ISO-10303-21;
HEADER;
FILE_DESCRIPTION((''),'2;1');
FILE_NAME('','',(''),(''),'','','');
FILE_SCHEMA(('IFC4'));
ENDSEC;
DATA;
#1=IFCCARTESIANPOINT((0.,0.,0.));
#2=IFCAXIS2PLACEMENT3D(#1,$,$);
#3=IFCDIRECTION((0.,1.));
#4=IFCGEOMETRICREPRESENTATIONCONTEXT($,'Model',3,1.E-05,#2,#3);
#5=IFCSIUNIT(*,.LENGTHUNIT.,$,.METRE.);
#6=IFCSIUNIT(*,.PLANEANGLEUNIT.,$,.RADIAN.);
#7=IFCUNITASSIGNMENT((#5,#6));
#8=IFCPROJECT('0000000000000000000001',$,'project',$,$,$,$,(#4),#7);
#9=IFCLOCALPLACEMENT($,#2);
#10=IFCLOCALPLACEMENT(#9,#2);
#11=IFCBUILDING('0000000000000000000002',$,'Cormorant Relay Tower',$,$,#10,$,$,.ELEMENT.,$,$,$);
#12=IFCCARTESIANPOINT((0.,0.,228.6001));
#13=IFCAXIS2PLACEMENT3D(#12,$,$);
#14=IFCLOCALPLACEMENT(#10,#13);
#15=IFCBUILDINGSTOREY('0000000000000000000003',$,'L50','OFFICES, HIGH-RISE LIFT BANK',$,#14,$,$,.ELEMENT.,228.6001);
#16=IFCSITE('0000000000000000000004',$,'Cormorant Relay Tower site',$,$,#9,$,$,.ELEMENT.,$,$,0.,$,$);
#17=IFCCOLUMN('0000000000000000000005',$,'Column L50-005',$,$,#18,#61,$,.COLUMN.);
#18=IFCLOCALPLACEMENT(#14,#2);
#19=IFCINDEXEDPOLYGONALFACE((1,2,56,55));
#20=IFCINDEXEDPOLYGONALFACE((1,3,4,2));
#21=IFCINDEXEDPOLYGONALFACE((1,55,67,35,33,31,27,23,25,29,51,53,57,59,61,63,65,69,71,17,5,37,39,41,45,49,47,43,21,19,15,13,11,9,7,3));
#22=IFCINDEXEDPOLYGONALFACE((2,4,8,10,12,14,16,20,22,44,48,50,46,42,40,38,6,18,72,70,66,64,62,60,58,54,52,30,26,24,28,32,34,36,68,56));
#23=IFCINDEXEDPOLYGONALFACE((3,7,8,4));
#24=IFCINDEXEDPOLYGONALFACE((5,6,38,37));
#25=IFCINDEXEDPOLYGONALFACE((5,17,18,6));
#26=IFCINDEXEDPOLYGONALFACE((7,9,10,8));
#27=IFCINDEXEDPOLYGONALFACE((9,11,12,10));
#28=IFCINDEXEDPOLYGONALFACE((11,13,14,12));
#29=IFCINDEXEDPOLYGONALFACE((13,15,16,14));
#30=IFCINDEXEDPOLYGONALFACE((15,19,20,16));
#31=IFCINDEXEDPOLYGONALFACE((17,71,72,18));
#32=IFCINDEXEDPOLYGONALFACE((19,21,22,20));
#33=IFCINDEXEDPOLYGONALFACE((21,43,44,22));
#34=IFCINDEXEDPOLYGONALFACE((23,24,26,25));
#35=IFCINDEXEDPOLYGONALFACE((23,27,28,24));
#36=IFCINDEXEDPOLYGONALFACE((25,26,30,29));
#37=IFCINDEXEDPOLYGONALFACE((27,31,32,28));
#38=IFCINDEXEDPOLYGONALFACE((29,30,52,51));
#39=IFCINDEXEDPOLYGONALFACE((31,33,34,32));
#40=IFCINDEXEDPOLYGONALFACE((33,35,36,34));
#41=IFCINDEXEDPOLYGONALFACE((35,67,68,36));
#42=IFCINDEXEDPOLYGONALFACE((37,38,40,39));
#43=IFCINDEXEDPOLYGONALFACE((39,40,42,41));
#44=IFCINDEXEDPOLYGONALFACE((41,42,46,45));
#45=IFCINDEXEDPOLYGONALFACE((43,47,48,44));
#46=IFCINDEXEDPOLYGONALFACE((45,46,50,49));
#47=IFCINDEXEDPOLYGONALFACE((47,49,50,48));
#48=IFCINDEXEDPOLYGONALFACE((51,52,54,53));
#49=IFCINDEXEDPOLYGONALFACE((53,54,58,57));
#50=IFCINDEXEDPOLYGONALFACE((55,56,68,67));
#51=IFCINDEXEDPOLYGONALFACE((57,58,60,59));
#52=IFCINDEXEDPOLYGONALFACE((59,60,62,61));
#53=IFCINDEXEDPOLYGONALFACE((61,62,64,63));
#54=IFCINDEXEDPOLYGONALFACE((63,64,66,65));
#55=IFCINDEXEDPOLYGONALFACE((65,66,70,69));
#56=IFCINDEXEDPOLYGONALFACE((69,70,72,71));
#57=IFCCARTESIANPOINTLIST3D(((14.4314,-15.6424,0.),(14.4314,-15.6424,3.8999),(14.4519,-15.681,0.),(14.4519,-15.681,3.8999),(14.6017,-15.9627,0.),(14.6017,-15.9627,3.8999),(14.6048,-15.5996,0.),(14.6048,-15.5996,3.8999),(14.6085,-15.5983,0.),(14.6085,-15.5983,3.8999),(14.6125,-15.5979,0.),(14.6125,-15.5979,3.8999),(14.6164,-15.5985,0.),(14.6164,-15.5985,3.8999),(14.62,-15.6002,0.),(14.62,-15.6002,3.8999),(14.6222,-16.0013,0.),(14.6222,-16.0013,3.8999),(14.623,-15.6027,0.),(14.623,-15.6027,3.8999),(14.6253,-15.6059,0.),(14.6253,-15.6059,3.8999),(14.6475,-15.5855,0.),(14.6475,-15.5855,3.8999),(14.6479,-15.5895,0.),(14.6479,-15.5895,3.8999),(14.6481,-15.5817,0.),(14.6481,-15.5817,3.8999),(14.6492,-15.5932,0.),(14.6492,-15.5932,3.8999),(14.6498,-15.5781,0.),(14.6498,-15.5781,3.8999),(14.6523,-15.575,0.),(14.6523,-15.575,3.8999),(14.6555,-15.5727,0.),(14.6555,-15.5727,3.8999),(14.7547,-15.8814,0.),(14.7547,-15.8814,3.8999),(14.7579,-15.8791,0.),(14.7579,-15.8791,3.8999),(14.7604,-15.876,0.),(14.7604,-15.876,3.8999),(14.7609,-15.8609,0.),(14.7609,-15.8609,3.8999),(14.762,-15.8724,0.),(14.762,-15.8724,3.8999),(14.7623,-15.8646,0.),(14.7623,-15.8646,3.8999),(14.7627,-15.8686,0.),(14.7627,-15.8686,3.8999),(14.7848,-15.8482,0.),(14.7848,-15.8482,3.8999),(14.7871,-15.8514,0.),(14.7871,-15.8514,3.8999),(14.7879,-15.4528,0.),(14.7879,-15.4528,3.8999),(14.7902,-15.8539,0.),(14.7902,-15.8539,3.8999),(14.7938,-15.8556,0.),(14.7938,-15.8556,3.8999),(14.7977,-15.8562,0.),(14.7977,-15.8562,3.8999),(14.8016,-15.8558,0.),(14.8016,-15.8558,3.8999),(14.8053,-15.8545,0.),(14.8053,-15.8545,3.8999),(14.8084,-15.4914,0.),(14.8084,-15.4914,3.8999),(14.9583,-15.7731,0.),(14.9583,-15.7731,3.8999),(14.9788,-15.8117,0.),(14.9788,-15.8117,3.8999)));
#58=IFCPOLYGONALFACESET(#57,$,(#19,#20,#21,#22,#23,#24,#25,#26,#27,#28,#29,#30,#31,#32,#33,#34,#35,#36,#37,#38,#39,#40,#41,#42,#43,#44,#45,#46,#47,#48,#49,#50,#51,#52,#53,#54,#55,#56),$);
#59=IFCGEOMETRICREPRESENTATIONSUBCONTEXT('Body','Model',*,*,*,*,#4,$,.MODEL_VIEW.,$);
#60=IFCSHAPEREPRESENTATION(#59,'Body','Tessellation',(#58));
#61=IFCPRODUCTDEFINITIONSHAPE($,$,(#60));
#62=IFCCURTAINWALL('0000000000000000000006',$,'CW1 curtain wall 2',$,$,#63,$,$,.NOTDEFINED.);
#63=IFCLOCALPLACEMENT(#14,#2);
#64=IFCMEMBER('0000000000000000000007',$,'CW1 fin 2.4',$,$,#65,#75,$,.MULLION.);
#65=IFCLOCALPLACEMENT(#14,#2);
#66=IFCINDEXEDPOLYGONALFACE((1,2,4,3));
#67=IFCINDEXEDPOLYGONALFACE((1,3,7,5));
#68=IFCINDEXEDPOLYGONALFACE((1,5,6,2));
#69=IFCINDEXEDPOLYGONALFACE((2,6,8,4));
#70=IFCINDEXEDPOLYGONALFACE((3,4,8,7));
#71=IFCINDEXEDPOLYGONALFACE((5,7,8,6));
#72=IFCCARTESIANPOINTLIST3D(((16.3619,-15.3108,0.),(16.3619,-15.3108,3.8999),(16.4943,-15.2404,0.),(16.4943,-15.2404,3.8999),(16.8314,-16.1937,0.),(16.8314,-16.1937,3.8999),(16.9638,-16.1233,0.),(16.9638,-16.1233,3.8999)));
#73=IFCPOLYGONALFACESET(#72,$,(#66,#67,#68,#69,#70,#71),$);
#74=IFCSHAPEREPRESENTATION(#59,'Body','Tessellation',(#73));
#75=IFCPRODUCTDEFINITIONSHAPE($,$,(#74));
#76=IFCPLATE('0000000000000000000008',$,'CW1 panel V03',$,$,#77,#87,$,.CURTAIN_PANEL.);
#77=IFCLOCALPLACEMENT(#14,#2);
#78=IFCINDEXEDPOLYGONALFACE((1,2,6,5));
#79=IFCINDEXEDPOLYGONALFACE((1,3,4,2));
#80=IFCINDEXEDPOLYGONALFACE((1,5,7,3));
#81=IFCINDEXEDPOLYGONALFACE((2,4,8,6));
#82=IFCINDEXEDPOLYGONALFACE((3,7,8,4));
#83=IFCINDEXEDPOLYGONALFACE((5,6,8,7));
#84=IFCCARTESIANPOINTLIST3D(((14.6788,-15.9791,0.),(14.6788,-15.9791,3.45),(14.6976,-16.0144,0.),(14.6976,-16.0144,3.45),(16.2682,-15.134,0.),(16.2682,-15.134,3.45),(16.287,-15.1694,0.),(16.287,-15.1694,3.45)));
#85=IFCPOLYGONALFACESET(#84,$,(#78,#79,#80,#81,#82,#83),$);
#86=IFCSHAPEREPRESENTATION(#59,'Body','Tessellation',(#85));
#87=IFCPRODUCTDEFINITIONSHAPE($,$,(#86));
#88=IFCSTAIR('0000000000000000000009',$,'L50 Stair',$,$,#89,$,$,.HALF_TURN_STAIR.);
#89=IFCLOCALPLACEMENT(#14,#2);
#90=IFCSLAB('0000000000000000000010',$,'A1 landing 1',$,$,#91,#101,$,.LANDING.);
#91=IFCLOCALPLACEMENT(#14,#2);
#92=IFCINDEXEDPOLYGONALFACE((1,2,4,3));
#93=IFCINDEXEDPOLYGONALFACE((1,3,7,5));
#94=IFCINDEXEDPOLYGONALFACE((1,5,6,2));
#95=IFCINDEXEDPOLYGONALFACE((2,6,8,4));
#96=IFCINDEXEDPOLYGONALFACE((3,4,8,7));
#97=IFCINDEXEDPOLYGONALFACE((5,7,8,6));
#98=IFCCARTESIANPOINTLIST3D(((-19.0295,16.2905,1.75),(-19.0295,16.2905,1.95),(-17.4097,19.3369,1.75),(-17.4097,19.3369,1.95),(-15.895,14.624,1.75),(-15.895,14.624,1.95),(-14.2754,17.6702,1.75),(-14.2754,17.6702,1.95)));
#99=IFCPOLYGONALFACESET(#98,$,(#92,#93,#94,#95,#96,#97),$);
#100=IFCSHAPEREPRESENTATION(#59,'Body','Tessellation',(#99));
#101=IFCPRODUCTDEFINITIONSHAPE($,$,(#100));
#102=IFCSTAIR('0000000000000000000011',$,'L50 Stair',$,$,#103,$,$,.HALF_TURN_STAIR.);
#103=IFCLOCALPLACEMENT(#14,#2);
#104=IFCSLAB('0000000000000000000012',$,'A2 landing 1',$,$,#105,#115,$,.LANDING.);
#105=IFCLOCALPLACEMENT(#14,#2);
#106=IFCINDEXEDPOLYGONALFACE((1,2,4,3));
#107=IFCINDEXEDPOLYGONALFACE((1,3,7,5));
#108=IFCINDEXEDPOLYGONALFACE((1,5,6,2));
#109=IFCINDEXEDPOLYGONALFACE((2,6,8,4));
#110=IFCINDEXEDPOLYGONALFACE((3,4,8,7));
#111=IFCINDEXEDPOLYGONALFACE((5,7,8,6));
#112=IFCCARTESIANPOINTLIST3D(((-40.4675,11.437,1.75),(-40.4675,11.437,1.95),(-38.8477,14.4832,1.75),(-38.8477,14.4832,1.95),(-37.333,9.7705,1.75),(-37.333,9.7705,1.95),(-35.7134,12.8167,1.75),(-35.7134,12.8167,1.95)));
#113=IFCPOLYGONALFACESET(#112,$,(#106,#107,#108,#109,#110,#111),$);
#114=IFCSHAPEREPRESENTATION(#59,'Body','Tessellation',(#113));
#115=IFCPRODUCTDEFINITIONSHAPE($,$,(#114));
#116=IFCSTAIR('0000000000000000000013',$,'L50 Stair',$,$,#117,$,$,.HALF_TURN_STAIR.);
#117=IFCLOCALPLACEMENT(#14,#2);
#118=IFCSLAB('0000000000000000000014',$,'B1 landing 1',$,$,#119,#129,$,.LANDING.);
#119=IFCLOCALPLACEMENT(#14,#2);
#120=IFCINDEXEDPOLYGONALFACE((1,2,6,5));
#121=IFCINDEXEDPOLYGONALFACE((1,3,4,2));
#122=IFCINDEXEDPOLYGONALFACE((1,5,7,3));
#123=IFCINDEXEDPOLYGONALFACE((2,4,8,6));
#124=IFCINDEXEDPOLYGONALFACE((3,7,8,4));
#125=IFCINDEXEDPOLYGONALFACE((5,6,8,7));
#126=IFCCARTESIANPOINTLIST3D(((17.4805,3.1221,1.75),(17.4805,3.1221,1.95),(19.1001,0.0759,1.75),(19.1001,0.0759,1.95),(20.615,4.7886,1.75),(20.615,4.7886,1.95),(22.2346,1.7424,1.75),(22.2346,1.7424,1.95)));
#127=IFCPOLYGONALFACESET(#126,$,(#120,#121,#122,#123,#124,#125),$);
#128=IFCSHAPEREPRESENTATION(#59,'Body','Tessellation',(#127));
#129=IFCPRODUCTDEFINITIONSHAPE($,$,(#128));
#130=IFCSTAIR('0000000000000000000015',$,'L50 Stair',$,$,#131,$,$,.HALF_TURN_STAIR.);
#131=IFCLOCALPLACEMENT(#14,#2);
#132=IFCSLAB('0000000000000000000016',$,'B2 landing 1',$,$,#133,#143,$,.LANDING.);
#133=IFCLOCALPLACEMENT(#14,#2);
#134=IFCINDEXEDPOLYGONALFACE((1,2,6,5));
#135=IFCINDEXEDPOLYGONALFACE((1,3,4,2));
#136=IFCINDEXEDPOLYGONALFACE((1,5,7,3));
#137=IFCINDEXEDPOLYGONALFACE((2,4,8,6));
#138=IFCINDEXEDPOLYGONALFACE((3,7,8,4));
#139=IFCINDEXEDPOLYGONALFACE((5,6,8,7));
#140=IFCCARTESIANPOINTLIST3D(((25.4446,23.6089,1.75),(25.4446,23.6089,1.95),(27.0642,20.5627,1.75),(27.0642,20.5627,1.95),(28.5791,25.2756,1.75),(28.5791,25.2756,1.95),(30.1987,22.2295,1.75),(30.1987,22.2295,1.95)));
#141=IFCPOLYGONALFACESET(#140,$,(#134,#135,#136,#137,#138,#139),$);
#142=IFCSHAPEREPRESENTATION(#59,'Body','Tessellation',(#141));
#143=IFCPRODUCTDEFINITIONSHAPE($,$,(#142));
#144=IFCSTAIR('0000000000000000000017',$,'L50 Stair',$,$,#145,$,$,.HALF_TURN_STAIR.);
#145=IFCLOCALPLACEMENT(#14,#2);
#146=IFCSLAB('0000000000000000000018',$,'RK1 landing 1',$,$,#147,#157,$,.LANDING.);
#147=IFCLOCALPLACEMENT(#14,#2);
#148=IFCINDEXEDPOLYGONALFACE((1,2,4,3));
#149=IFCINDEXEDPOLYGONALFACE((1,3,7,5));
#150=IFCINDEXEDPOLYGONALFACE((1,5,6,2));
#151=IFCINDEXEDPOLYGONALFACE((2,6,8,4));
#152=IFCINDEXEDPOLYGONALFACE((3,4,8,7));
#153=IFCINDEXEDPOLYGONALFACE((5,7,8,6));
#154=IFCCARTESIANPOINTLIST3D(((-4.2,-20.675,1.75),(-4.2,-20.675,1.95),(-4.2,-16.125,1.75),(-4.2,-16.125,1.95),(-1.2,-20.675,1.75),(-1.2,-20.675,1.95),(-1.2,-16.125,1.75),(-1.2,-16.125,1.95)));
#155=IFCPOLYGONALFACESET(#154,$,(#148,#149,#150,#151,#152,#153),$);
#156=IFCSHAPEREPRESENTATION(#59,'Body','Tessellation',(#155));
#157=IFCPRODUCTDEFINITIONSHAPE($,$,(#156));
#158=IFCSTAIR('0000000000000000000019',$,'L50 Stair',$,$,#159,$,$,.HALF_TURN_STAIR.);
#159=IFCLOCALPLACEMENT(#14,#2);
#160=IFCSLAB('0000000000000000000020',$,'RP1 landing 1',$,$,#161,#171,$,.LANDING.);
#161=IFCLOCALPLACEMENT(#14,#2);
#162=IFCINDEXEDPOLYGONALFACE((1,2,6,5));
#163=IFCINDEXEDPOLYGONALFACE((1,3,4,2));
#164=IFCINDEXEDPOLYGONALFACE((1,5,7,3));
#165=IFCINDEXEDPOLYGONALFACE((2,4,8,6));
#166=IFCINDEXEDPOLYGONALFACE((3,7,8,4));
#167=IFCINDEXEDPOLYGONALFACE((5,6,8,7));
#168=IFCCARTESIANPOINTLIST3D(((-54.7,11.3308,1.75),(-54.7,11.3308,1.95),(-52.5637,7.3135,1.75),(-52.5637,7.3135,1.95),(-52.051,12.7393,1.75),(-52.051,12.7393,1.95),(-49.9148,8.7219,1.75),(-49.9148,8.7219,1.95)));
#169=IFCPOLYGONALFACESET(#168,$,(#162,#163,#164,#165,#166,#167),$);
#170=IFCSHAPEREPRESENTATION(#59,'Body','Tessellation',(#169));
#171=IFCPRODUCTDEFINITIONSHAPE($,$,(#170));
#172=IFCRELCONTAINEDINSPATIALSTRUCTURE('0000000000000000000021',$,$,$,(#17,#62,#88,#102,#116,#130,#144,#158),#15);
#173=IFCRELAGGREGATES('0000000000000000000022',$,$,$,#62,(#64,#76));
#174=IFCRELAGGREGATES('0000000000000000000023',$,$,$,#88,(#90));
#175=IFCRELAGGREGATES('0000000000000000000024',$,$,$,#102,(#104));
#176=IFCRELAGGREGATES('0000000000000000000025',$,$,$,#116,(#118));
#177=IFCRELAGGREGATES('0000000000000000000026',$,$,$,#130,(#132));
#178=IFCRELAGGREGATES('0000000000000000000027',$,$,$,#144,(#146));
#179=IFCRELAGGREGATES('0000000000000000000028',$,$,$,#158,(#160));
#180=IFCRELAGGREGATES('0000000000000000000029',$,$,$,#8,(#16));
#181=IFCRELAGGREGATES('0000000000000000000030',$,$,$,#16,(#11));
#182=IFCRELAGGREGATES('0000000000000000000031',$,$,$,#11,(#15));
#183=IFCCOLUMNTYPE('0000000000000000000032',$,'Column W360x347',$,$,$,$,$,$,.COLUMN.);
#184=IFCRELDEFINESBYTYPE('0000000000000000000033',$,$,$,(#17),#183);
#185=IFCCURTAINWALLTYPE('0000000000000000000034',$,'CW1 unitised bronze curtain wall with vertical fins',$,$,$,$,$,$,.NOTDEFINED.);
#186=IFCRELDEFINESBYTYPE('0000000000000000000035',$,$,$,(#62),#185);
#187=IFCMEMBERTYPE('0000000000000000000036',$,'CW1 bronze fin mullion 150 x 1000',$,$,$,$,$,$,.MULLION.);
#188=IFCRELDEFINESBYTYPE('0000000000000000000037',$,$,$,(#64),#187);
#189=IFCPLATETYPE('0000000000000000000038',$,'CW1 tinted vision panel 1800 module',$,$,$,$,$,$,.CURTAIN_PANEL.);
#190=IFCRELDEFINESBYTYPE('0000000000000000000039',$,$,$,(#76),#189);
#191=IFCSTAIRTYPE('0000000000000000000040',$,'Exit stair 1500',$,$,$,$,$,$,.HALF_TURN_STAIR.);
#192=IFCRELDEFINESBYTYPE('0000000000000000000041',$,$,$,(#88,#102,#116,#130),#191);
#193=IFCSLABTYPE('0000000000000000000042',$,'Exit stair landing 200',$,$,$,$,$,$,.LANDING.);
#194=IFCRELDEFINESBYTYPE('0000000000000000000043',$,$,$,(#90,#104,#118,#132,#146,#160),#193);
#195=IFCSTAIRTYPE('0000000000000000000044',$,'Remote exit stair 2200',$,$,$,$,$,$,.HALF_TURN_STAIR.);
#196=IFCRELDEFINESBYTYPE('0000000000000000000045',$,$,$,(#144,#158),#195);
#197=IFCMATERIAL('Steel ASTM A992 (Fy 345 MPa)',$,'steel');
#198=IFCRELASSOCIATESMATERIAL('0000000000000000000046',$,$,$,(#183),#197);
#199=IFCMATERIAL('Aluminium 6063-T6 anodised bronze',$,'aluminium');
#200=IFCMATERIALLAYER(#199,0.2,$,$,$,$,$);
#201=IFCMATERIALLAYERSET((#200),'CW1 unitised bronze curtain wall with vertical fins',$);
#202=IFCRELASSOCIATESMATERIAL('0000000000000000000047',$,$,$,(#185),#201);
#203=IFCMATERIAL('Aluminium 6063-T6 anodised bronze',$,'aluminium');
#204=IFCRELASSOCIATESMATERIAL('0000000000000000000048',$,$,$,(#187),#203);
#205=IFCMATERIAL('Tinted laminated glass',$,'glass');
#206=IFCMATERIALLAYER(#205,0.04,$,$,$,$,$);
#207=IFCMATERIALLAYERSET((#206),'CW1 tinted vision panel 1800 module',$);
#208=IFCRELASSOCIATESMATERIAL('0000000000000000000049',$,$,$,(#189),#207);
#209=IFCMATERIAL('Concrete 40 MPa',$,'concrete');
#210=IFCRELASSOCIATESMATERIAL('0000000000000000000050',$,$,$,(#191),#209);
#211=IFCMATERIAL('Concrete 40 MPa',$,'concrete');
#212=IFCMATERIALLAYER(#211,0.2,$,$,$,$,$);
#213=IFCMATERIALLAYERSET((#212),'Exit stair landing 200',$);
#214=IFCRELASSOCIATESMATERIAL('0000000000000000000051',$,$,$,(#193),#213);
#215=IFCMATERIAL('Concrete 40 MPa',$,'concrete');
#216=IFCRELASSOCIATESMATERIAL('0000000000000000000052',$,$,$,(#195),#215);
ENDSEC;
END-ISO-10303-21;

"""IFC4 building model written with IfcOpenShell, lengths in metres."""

from ifc_helpers import new_model, si_unit, direction, frame, origin, origin_2d, place, context, subcontext, project, spatial, polyline, rectangle, i_section, outline, extrude, material, layer, layer_set, material_profile, profile_set, type_object, element, aggregate, save


model = new_model("IFC4")

# Units and contexts
model_context = context("Model", 3, precision=1e-05, world=origin(), true_north=direction((0.0, 1.0)))
body_context = subcontext(model_context, "Body", "Model", "MODEL_VIEW")
ifc_project = project(units=[si_unit("LENGTHUNIT", "METRE"), si_unit("PLANEANGLEUNIT", "RADIAN")], contexts=[model_context])

# Site, building, storey
site_placement = place(None, origin())
site = spatial("IfcSite", under=ifc_project, at=site_placement, Name="Cormorant Relay Tower site", CompositionType="ELEMENT", RefElevation=0.0)
building_placement = place(site_placement, origin())
building = spatial("IfcBuilding", under=site, at=building_placement, Name="Cormorant Relay Tower", CompositionType="ELEMENT")
storey_placement = place(building_placement, frame((0.0, 0.0, 228.6001)))
storey = spatial("IfcBuildingStorey", under=building, at=storey_placement, Name="L50", Description="OFFICES, HIGH-RISE LIFT BANK", CompositionType="ELEMENT", Elevation=228.6001)

# Column
ifc_material_1 = material(Name="Steel ASTM A992 (Fy 345 MPa)", Category="steel")
ifc_material_profile_1 = material_profile(ifc_material_1, i_section(OverallWidth=0.4038, OverallDepth=0.4065, WebThickness=0.0271, FlangeThickness=0.0437, FilletRadius=0.0151, at=origin_2d()), Name="W360x347")
ifc_profile_set_1 = profile_set([ifc_material_profile_1], Name="Steel ASTM A992 (Fy 345 MPa)")
column_type_1 = type_object("IfcColumnType", Name="Column W360x347", PredefinedType="COLUMN", material=ifc_profile_set_1)
column_placement = place(storey_placement, frame((14.7051, -15.7271, 0.0), z_axis=(0.0, 0.0, 1.0), x_axis=(0.882948, 0.469472, 0.0)))
element("IfcColumn", 1, at=column_placement, inside=storey, type_object=column_type_1, Name="Column L50-005", PredefinedType="COLUMN", context=body_context, shape_type="SweptSolid", body=[
    extrude(i_section(OverallWidth=0.4038, OverallDepth=0.4065, WebThickness=0.0271, FlangeThickness=0.0437, FilletRadius=0.0151, at=origin_2d()), origin(), (0.0, 0.0, 1.0), 3.8999),
])

# Curtain wall, member, plate
ifc_material_2 = material(Name="Aluminium 6063-T6 anodised bronze", Category="aluminium")
ifc_layer_1 = layer(ifc_material_2, 0.2)
ifc_layer_set_1 = layer_set([ifc_layer_1], Name="CW1 unitised bronze curtain wall with vertical fins")
curtain_wall_type = type_object("IfcCurtainWallType", Name="CW1 unitised bronze curtain wall with vertical fins", PredefinedType="NOTDEFINED", material=ifc_layer_set_1)
curtain_wall_placement = place(storey_placement, origin())
curtain_wall = element("IfcCurtainWall", 2, at=curtain_wall_placement, inside=storey, type_object=curtain_wall_type, Name="CW1 curtain wall 2", PredefinedType="NOTDEFINED")
ifc_material_3 = material(Name="Aluminium 6063-T6 anodised bronze", Category="aluminium")
ifc_material_profile_2 = material_profile(ifc_material_3, rectangle(XDim=0.1499, YDim=1.0, at=origin_2d()), Name="AL 150x1000")
ifc_profile_set_2 = profile_set([ifc_material_profile_2], Name="Aluminium 6063-T6 anodised bronze")
member_type = type_object("IfcMemberType", Name="CW1 bronze fin mullion 150 x 1000", PredefinedType="MULLION", material=ifc_profile_set_2)
member_placement = place(storey_placement, frame((16.6628, -15.717, 0.0), z_axis=(0.0, 0.0, 1.0), x_axis=(0.882948, 0.469472, 0.0)))
member = element("IfcMember", 3, at=member_placement, type_object=member_type, Name="CW1 fin 2.4", PredefinedType="MULLION", context=body_context, shape_type="SweptSolid", body=[
    extrude(rectangle(XDim=0.1499, YDim=1.0, at=origin_2d()), origin(), (0.0, 0.0, 1.0), 3.8999),
])
ifc_material_4 = material(Name="Tinted laminated glass", Category="glass")
ifc_layer_2 = layer(ifc_material_4, 0.04)
ifc_layer_set_2 = layer_set([ifc_layer_2], Name="CW1 tinted vision panel 1800 module")
plate_type = type_object("IfcPlateType", Name="CW1 tinted vision panel 1800 module", PredefinedType="CURTAIN_PANEL", material=ifc_layer_set_2)
plate_placement = place(storey_placement, frame((15.4829, -15.5742, 0.0), z_axis=(0.0, 0.0, 1.0), x_axis=(0.882948, 0.469472, 0.0)))
plate = element("IfcPlate", 4, at=plate_placement, type_object=plate_type, Name="CW1 panel V03", PredefinedType="CURTAIN_PANEL", context=body_context, shape_type="SweptSolid", body=[
    extrude(rectangle(XDim=1.8, YDim=0.04, at=origin_2d()), origin(), (0.0, 0.0, 1.0), 3.45),
])
aggregate(curtain_wall, [member, plate])

# Stairs, slabs
ifc_material_5 = material(Name="Concrete 40 MPa", Category="concrete")
stair_type_1 = type_object("IfcStairType", Name="Exit stair 1500", PredefinedType="HALF_TURN_STAIR", material=ifc_material_5)
stair_1_placement = place(storey_placement, origin())
stair_1 = element("IfcStair", 5, at=stair_1_placement, inside=storey, type_object=stair_type_1, Name="L50 Stair", PredefinedType="HALF_TURN_STAIR")
ifc_material_6 = material(Name="Concrete 40 MPa", Category="concrete")
ifc_layer_3 = layer(ifc_material_6, 0.2)
ifc_layer_set_3 = layer_set([ifc_layer_3], Name="Exit stair landing 200")
slab_type_1 = type_object("IfcSlabType", Name="Exit stair landing 200", PredefinedType="LANDING", material=ifc_layer_set_3)
slab_1_placement = place(storey_placement, frame((0.0, 0.0, 1.75)))
slab_1 = element("IfcSlab", 6, at=slab_1_placement, type_object=slab_type_1, Name="A1 landing 1", PredefinedType="LANDING", context=body_context, shape_type="SweptSolid", body=[
    extrude(outline(polyline([(-19.0295, 16.2905), (-15.895, 14.624), (-14.2754, 17.6702), (-17.4097, 19.3369), (-19.0295, 16.2905)])), origin(), (0.0, 0.0, 1.0), 0.2),
])
aggregate(stair_1, [slab_1])
stair_2_placement = place(storey_placement, origin())
stair_2 = element("IfcStair", 7, at=stair_2_placement, inside=storey, type_object=stair_type_1, Name="L50 Stair", PredefinedType="HALF_TURN_STAIR")
slab_2_placement = place(storey_placement, frame((0.0, 0.0, 1.75)))
slab_2 = element("IfcSlab", 8, at=slab_2_placement, type_object=slab_type_1, Name="A2 landing 1", PredefinedType="LANDING", context=body_context, shape_type="SweptSolid", body=[
    extrude(outline(polyline([(-35.7134, 12.8167), (-38.8477, 14.4832), (-40.4675, 11.437), (-37.333, 9.7705), (-35.7134, 12.8167)])), origin(), (0.0, 0.0, 1.0), 0.2),
])
aggregate(stair_2, [slab_2])
stair_3_placement = place(storey_placement, origin())
stair_3 = element("IfcStair", 9, at=stair_3_placement, inside=storey, type_object=stair_type_1, Name="L50 Stair", PredefinedType="HALF_TURN_STAIR")
slab_3_placement = place(storey_placement, frame((0.0, 0.0, 1.75)))
slab_3 = element("IfcSlab", 10, at=slab_3_placement, type_object=slab_type_1, Name="B1 landing 1", PredefinedType="LANDING", context=body_context, shape_type="SweptSolid", body=[
    extrude(outline(polyline([(20.615, 4.7886), (17.4805, 3.1221), (19.1001, 0.0759), (22.2346, 1.7424), (20.615, 4.7886)])), origin(), (0.0, 0.0, 1.0), 0.2),
])
aggregate(stair_3, [slab_3])
stair_4_placement = place(storey_placement, origin())
stair_4 = element("IfcStair", 11, at=stair_4_placement, inside=storey, type_object=stair_type_1, Name="L50 Stair", PredefinedType="HALF_TURN_STAIR")
slab_4_placement = place(storey_placement, frame((0.0, 0.0, 1.75)))
slab_4 = element("IfcSlab", 12, at=slab_4_placement, type_object=slab_type_1, Name="B2 landing 1", PredefinedType="LANDING", context=body_context, shape_type="SweptSolid", body=[
    extrude(outline(polyline([(27.0642, 20.5627), (30.1987, 22.2295), (28.5791, 25.2756), (25.4446, 23.6089), (27.0642, 20.5627)])), origin(), (0.0, 0.0, 1.0), 0.2),
])
aggregate(stair_4, [slab_4])
ifc_material_7 = material(Name="Concrete 40 MPa", Category="concrete")
stair_type_2 = type_object("IfcStairType", Name="Remote exit stair 2200", PredefinedType="HALF_TURN_STAIR", material=ifc_material_7)
stair_5_placement = place(storey_placement, origin())
stair_5 = element("IfcStair", 13, at=stair_5_placement, inside=storey, type_object=stair_type_2, Name="L50 Stair", PredefinedType="HALF_TURN_STAIR")
slab_5_placement = place(storey_placement, frame((0.0, 0.0, 1.75)))
slab_5 = element("IfcSlab", 14, at=slab_5_placement, type_object=slab_type_1, Name="RK1 landing 1", PredefinedType="LANDING", context=body_context, shape_type="SweptSolid", body=[
    extrude(outline(polyline([(-1.2, -16.125), (-4.2, -16.125), (-4.2, -20.675), (-1.2, -20.675), (-1.2, -16.125)])), origin(), (0.0, 0.0, 1.0), 0.2),
])
aggregate(stair_5, [slab_5])
stair_6_placement = place(storey_placement, origin())
stair_6 = element("IfcStair", 15, at=stair_6_placement, inside=storey, type_object=stair_type_2, Name="L50 Stair", PredefinedType="HALF_TURN_STAIR")
slab_6_placement = place(storey_placement, frame((0.0, 0.0, 1.75)))
slab_6 = element("IfcSlab", 16, at=slab_6_placement, type_object=slab_type_1, Name="RP1 landing 1", PredefinedType="LANDING", context=body_context, shape_type="SweptSolid", body=[
    extrude(outline(polyline([(-52.051, 12.7393), (-54.7, 11.3308), (-52.5637, 7.3135), (-49.9148, 8.7219), (-52.051, 12.7393)])), origin(), (0.0, 0.0, 1.0), 0.2),
])
aggregate(stair_6, [slab_6])

save(model, "model.ifc")
